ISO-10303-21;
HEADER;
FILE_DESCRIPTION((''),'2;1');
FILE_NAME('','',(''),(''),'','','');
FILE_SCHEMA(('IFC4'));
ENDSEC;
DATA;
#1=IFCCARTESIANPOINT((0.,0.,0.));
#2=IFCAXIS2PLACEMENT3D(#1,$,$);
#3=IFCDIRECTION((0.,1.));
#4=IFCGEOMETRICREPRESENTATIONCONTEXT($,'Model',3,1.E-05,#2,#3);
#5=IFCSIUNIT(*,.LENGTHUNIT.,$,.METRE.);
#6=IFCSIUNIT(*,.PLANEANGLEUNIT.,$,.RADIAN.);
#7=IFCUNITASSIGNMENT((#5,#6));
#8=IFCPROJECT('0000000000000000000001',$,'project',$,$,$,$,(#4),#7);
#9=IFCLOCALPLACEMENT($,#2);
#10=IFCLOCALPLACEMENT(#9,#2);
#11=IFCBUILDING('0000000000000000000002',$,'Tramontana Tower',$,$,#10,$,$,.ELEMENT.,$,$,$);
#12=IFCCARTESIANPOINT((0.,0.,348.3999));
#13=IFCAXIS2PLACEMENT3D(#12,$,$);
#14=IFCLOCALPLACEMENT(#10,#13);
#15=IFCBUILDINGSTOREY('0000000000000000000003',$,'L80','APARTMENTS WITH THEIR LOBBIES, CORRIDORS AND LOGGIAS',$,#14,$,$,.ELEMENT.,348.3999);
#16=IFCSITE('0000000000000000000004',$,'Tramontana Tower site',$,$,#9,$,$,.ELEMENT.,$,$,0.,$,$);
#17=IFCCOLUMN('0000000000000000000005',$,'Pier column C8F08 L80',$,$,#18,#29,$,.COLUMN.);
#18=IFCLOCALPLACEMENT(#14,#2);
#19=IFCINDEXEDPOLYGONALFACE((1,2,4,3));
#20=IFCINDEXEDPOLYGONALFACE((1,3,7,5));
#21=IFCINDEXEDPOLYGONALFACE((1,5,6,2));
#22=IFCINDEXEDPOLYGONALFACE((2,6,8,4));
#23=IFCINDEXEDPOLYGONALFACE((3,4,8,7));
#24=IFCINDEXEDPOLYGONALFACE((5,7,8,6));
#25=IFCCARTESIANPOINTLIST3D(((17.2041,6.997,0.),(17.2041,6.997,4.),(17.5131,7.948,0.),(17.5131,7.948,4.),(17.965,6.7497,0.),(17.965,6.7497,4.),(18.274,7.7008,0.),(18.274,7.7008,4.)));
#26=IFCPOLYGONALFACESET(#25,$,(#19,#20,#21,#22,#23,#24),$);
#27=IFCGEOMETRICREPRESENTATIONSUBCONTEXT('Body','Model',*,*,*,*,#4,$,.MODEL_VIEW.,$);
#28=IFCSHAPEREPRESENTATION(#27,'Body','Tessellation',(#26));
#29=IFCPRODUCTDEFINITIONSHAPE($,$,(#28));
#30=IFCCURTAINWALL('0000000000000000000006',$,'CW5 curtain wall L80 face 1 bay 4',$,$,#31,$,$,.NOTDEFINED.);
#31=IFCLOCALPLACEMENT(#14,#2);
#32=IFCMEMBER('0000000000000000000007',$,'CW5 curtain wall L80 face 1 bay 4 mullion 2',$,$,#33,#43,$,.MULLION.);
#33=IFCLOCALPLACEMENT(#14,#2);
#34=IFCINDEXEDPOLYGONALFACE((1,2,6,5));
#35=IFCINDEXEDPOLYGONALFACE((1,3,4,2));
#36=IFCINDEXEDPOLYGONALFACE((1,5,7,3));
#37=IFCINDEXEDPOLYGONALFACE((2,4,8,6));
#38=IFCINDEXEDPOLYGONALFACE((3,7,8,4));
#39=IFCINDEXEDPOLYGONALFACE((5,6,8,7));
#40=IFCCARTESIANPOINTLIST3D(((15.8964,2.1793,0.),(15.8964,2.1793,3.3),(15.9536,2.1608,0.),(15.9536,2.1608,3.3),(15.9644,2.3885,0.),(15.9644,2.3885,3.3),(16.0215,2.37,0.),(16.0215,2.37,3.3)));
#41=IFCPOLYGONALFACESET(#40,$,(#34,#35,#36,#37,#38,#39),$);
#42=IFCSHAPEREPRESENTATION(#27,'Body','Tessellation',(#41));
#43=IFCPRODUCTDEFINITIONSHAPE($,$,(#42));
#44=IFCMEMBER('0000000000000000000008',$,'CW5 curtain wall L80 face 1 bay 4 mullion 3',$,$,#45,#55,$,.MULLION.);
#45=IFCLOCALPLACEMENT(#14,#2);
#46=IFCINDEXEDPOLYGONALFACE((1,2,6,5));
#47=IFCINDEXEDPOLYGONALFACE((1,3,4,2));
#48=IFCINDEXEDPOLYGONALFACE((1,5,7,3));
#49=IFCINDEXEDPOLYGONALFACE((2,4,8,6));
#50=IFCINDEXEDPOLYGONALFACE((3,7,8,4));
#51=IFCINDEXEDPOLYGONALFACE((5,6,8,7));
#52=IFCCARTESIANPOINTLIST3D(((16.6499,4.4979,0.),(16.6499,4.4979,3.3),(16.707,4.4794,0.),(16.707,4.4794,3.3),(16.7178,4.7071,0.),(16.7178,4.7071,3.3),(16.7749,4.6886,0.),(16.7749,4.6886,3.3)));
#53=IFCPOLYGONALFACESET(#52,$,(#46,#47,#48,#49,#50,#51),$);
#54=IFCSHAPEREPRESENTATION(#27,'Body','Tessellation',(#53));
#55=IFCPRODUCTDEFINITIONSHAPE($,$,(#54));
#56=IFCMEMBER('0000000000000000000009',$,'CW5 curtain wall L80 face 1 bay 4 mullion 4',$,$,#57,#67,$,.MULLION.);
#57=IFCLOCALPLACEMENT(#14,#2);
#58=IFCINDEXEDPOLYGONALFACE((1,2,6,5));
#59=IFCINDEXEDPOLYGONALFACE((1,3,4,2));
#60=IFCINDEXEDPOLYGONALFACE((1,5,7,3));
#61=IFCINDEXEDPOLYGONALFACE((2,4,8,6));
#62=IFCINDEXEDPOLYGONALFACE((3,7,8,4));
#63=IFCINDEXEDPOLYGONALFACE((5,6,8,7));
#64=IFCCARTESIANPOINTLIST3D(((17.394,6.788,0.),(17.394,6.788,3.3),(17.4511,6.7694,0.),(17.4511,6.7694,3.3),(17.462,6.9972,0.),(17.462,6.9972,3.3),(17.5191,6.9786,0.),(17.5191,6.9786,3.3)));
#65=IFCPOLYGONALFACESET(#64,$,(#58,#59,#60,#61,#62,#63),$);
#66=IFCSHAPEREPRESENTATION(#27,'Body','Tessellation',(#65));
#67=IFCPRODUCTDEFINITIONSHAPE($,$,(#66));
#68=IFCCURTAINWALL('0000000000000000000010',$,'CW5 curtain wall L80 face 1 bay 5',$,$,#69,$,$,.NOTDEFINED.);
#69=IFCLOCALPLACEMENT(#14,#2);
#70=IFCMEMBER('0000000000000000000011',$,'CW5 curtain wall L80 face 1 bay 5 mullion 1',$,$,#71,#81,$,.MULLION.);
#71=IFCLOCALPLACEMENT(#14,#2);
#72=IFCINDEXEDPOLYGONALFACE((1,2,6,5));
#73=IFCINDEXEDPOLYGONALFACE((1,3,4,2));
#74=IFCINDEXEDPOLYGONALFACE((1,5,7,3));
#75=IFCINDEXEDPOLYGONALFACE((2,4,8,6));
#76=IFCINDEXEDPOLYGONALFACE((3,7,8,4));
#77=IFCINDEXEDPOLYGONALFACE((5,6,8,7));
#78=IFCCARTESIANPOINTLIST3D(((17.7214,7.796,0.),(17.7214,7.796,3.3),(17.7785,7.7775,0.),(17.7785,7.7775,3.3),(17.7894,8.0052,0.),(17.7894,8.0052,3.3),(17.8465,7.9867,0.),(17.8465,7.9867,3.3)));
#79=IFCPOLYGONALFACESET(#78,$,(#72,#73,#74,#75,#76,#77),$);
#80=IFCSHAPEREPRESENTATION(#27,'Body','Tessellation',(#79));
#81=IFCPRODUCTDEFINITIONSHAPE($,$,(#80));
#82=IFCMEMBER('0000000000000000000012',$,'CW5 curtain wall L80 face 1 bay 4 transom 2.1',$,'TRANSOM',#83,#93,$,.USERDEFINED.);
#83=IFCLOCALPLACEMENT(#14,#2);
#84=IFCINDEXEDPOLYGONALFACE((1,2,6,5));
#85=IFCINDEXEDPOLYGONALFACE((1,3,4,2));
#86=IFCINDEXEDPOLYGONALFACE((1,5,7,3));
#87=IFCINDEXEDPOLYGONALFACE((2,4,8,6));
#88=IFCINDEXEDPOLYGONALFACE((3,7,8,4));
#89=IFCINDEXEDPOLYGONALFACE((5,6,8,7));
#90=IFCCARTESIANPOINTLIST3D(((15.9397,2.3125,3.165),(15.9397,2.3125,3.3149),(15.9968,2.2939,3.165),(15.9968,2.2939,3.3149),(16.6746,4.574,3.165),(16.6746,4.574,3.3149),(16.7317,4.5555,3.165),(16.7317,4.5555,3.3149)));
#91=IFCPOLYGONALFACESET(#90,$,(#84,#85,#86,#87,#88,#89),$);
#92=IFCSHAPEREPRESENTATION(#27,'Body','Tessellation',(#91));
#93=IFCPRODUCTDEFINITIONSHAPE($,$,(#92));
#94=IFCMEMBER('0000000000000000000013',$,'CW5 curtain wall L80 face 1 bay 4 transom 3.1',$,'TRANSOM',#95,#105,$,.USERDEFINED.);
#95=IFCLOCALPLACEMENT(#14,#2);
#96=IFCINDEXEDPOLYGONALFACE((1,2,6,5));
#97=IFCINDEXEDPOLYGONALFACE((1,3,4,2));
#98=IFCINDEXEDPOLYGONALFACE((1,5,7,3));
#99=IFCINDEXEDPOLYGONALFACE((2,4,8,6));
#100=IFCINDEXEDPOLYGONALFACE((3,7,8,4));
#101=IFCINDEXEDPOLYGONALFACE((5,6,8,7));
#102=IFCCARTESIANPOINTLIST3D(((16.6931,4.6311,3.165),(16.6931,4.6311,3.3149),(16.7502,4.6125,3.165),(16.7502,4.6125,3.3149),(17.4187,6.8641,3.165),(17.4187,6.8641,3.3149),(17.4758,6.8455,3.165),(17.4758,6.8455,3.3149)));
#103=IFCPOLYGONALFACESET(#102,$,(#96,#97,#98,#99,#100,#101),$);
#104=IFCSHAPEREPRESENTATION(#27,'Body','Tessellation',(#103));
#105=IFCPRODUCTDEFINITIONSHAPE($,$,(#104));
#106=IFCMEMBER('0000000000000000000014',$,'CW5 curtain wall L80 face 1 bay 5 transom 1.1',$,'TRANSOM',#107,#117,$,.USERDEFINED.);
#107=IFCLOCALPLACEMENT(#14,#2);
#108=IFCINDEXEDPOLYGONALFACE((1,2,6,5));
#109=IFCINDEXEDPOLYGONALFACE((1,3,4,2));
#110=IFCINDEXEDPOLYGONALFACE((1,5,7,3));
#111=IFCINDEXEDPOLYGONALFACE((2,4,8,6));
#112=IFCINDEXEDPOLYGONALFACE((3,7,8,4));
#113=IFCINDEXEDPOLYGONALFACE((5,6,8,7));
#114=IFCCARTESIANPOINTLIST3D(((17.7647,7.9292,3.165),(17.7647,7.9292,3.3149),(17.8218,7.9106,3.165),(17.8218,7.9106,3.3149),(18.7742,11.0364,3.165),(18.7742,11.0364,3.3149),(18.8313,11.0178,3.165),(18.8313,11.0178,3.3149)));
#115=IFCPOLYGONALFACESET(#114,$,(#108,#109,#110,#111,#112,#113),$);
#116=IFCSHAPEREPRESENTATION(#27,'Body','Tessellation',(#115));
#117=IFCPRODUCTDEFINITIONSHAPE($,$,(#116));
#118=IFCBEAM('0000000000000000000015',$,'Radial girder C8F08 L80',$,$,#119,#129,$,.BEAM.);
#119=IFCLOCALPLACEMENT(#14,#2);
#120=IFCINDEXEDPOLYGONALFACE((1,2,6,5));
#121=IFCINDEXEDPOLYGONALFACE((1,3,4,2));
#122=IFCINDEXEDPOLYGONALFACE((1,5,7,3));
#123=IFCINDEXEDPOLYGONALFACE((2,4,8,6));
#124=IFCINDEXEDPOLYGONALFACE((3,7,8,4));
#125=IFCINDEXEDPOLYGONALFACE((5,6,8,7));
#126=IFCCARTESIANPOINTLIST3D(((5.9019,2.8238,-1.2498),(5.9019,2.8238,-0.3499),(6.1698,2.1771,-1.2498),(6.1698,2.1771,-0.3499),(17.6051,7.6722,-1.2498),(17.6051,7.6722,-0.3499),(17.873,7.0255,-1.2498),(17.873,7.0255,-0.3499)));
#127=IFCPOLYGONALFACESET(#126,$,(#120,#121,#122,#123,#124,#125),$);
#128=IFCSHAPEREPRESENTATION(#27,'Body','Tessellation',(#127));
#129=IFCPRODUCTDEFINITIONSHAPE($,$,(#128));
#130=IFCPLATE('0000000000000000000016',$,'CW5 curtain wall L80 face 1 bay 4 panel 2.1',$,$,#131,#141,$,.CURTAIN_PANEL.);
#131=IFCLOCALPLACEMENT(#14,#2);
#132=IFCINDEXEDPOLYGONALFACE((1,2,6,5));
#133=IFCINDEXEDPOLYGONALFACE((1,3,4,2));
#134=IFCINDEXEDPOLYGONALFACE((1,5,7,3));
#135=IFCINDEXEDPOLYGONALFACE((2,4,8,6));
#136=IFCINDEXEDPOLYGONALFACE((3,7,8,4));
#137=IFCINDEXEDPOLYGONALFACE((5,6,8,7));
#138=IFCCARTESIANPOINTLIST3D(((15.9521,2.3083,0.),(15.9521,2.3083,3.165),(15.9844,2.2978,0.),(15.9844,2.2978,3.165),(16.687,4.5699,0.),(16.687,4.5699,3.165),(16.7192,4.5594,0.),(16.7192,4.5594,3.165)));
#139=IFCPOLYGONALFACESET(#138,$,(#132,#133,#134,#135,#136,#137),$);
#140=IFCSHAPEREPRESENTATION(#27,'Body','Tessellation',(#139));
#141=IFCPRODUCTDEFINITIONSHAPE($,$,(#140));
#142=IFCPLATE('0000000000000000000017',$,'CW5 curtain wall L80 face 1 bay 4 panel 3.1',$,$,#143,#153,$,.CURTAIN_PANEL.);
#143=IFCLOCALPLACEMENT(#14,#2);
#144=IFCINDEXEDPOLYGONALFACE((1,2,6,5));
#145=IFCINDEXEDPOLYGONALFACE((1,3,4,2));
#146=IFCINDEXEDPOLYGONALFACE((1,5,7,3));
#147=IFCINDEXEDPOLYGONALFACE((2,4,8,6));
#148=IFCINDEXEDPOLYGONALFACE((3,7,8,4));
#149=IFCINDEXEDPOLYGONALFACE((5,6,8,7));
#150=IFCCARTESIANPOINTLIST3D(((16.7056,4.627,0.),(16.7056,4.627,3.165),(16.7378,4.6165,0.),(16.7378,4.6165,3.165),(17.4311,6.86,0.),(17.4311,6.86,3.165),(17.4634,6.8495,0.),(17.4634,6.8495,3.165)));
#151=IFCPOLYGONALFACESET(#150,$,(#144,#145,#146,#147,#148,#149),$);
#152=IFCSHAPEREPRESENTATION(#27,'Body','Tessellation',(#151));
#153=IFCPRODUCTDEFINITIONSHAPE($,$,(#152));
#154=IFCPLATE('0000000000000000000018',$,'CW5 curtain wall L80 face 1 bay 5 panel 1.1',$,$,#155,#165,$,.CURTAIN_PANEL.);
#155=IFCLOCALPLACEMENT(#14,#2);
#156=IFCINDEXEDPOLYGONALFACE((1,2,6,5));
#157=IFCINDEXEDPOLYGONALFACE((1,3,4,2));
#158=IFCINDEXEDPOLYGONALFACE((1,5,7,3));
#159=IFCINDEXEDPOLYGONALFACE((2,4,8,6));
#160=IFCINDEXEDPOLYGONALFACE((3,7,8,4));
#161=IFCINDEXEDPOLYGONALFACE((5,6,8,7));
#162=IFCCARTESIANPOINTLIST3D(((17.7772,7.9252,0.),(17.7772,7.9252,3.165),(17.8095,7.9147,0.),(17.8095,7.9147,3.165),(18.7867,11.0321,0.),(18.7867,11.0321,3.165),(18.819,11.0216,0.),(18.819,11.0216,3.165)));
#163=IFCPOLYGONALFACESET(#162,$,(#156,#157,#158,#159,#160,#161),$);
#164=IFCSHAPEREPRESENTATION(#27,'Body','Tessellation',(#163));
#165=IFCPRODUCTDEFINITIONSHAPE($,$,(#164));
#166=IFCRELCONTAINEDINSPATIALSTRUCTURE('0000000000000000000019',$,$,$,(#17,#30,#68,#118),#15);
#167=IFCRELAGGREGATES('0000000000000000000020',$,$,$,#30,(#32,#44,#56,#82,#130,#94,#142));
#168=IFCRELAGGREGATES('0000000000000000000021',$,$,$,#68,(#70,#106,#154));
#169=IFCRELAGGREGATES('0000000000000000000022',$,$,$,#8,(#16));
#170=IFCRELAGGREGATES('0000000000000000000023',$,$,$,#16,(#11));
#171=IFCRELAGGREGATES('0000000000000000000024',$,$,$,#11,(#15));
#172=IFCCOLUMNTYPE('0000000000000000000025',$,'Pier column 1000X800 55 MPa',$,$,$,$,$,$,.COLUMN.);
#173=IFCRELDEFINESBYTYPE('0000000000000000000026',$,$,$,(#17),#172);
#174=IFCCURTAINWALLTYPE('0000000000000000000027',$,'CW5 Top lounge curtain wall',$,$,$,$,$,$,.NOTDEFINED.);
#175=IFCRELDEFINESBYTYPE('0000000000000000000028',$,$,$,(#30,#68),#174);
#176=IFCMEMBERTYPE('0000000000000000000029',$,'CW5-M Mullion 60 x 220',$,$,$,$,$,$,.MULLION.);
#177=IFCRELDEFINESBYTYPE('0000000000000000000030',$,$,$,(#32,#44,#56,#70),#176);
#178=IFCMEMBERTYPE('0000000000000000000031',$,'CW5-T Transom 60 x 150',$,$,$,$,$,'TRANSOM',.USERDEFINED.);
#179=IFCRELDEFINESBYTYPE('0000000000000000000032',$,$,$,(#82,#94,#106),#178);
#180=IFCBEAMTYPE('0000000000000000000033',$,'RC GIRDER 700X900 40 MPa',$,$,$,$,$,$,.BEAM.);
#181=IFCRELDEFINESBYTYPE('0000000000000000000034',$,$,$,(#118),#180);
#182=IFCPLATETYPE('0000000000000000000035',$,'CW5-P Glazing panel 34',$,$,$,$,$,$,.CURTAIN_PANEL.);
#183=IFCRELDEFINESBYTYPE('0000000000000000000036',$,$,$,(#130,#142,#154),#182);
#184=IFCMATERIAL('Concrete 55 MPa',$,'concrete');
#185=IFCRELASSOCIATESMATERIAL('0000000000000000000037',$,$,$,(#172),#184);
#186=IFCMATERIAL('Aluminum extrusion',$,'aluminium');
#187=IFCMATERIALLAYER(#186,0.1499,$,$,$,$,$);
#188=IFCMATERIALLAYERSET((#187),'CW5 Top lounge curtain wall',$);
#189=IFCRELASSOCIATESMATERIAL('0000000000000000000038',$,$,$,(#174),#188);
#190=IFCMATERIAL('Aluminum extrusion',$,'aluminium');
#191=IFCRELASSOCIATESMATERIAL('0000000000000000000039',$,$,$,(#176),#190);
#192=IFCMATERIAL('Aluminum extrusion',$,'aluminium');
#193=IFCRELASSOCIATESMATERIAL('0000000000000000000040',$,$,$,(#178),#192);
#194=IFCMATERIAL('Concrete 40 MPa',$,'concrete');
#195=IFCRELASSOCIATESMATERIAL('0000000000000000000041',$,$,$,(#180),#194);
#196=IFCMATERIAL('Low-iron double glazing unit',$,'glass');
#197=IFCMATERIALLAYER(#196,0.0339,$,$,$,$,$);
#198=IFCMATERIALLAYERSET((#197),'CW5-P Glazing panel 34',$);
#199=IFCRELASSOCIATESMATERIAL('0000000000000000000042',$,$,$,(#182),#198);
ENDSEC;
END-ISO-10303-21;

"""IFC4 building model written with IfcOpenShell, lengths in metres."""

from ifc_helpers import new_model, si_unit, direction, frame, origin, origin_2d, place, context, subcontext, project, spatial, rectangle, extrude, material, layer, layer_set, material_profile, profile_set, type_object, element, aggregate, save


model = new_model("IFC4")

# Units and contexts
model_context = context("Model", 3, precision=1e-05, world=origin(), true_north=direction((0.0, 1.0)))
body_context = subcontext(model_context, "Body", "Model", "MODEL_VIEW")
ifc_project = project(units=[si_unit("LENGTHUNIT", "METRE"), si_unit("PLANEANGLEUNIT", "RADIAN")], contexts=[model_context])

# Site, building, storey
site_placement = place(None, origin())
site = spatial("IfcSite", under=ifc_project, at=site_placement, Name="Tramontana Tower site", CompositionType="ELEMENT", RefElevation=0.0)
building_placement = place(site_placement, origin())
building = spatial("IfcBuilding", under=site, at=building_placement, Name="Tramontana Tower", CompositionType="ELEMENT")
storey_placement = place(building_placement, frame((0.0, 0.0, 348.3999)))
storey = spatial("IfcBuildingStorey", under=building, at=storey_placement, Name="L80", Description="APARTMENTS WITH THEIR LOBBIES, CORRIDORS AND LOGGIAS", CompositionType="ELEMENT", Elevation=348.3999)

# Column
ifc_material_1 = material(Name="Concrete 55 MPa", Category="concrete")
ifc_material_profile_1 = material_profile(ifc_material_1, rectangle(XDim=1.0, YDim=0.8, at=origin_2d()), Name="Pier column 1000X800 55 MPa")
ifc_profile_set_1 = profile_set([ifc_material_profile_1], Name="Concrete 55 MPa")
column_type = type_object("IfcColumnType", Name="Pier column 1000X800 55 MPa", PredefinedType="COLUMN", material=ifc_profile_set_1)
column_placement = place(storey_placement, frame((17.739, 7.3489, 0.0), z_axis=(0.0, 0.0, 1.0), x_axis=(0.309017, 0.951057, 0.0)))
element("IfcColumn", 1, at=column_placement, inside=storey, type_object=column_type, Name="Pier column C8F08 L80", PredefinedType="COLUMN", context=body_context, shape_type="SweptSolid", body=[
    extrude(rectangle(XDim=1.0, YDim=0.8, at=origin_2d()), origin(), (0.0, 0.0, 1.0), 4.0),
])

# Curtain wall, members
ifc_material_2 = material(Name="Aluminum extrusion", Category="aluminium")
ifc_layer_1 = layer(ifc_material_2, 0.1499)
ifc_layer_set_1 = layer_set([ifc_layer_1], Name="CW5 Top lounge curtain wall")
curtain_wall_type = type_object("IfcCurtainWallType", Name="CW5 Top lounge curtain wall", PredefinedType="NOTDEFINED", material=ifc_layer_set_1)
curtain_wall_1_placement = place(storey_placement, origin())
curtain_wall_1 = element("IfcCurtainWall", 2, at=curtain_wall_1_placement, inside=storey, type_object=curtain_wall_type, Name="CW5 curtain wall L80 face 1 bay 4", PredefinedType="NOTDEFINED")
ifc_material_3 = material(Name="Aluminum extrusion", Category="aluminium")
ifc_material_profile_2 = material_profile(ifc_material_3, rectangle(XDim=0.0601, YDim=0.22, at=origin_2d()), Name="CW5-M Mullion 60 x 220")
ifc_profile_set_2 = profile_set([ifc_material_profile_2], Name="Aluminum extrusion")
member_type_1 = type_object("IfcMemberType", Name="CW5-M Mullion 60 x 220", PredefinedType="MULLION", material=ifc_profile_set_2)
member_1_placement = place(storey_placement, frame((15.959, 2.2747, 0.0), z_axis=(0.0, 0.0, 1.0), x_axis=(-0.951057, 0.309017, 0.0)))
member_1 = element("IfcMember", 3, at=member_1_placement, type_object=member_type_1, Name="CW5 curtain wall L80 face 1 bay 4 mullion 2", PredefinedType="MULLION", context=body_context, shape_type="SweptSolid", body=[
    extrude(rectangle(XDim=0.0601, YDim=0.22, at=origin_2d()), origin(), (0.0, 0.0, 1.0), 3.3),
])
member_2_placement = place(storey_placement, frame((16.7124, 4.5933, 0.0), z_axis=(0.0, 0.0, 1.0), x_axis=(-0.951057, 0.309017, 0.0)))
member_2 = element("IfcMember", 4, at=member_2_placement, type_object=member_type_1, Name="CW5 curtain wall L80 face 1 bay 4 mullion 3", PredefinedType="MULLION", context=body_context, shape_type="SweptSolid", body=[
    extrude(rectangle(XDim=0.0601, YDim=0.22, at=origin_2d()), origin(), (0.0, 0.0, 1.0), 3.3),
])
member_3_placement = place(storey_placement, frame((17.4565, 6.8833, 0.0), z_axis=(0.0, 0.0, 1.0), x_axis=(-0.951057, 0.309017, 0.0)))
member_3 = element("IfcMember", 5, at=member_3_placement, type_object=member_type_1, Name="CW5 curtain wall L80 face 1 bay 4 mullion 4", PredefinedType="MULLION", context=body_context, shape_type="SweptSolid", body=[
    extrude(rectangle(XDim=0.0601, YDim=0.22, at=origin_2d()), origin(), (0.0, 0.0, 1.0), 3.3),
])

# Curtain wall, member
curtain_wall_2_placement = place(storey_placement, origin())
curtain_wall_2 = element("IfcCurtainWall", 6, at=curtain_wall_2_placement, inside=storey, type_object=curtain_wall_type, Name="CW5 curtain wall L80 face 1 bay 5", PredefinedType="NOTDEFINED")
member_4_placement = place(storey_placement, frame((17.7839, 7.8914, 0.0), z_axis=(0.0, 0.0, 1.0), x_axis=(-0.951057, 0.309017, 0.0)))
member_4 = element("IfcMember", 7, at=member_4_placement, type_object=member_type_1, Name="CW5 curtain wall L80 face 1 bay 5 mullion 1", PredefinedType="MULLION", context=body_context, shape_type="SweptSolid", body=[
    extrude(rectangle(XDim=0.0601, YDim=0.22, at=origin_2d()), origin(), (0.0, 0.0, 1.0), 3.3),
])

# Members
ifc_material_4 = material(Name="Aluminum extrusion", Category="aluminium")
ifc_material_profile_3 = material_profile(ifc_material_4, rectangle(XDim=0.0601, YDim=0.1499, at=origin_2d()), Name="CW5-T Transom 60 x 150")
ifc_profile_set_3 = profile_set([ifc_material_profile_3], Name="Aluminum extrusion")
member_type_2 = type_object("IfcMemberType", Name="CW5-T Transom 60 x 150", ElementType="TRANSOM", PredefinedType="USERDEFINED", material=ifc_profile_set_3)
member_5_placement = place(storey_placement, frame((15.9683, 2.3032, 3.24), z_axis=(0.309042, 0.951048, 0.0), x_axis=(-0.951048, 0.309042, 0.0)))
member_5 = element("IfcMember", 8, at=member_5_placement, type_object=member_type_2, Name="CW5 curtain wall L80 face 1 bay 4 transom 2.1", ObjectType="TRANSOM", PredefinedType="USERDEFINED", context=body_context, shape_type="SweptSolid", body=[
    extrude(rectangle(XDim=0.0601, YDim=0.1499, at=origin_2d()), origin(), (0.0, 0.0, 1.0), 2.3779),
])
member_6_placement = place(storey_placement, frame((16.7217, 4.6218, 3.24), z_axis=(0.309044, 0.951048, 0.0), x_axis=(-0.951048, 0.309044, 0.0)))
member_6 = element("IfcMember", 9, at=member_6_placement, type_object=member_type_2, Name="CW5 curtain wall L80 face 1 bay 4 transom 3.1", ObjectType="TRANSOM", PredefinedType="USERDEFINED", context=body_context, shape_type="SweptSolid", body=[
    extrude(rectangle(XDim=0.0601, YDim=0.1499, at=origin_2d()), origin(), (0.0, 0.0, 1.0), 2.3479),
])
member_7_placement = place(storey_placement, frame((17.7932, 7.9199, 3.24), z_axis=(0.309, 0.951062, 0.0), x_axis=(-0.951062, 0.309, 0.0)))
member_7 = element("IfcMember", 10, at=member_7_placement, type_object=member_type_2, Name="CW5 curtain wall L80 face 1 bay 5 transom 1.1", ObjectType="TRANSOM", PredefinedType="USERDEFINED", context=body_context, shape_type="SweptSolid", body=[
    extrude(rectangle(XDim=0.0601, YDim=0.1499, at=origin_2d()), origin(), (0.0, 0.0, 1.0), 3.2671),
])

# Beam
ifc_material_5 = material(Name="Concrete 40 MPa", Category="concrete")
ifc_material_profile_4 = material_profile(ifc_material_5, rectangle(XDim=0.7, YDim=0.8999, at=origin_2d()), Name="RC GIRDER 700X900 40 MPa")
ifc_profile_set_4 = profile_set([ifc_material_profile_4], Name="Concrete 40 MPa")
beam_type = type_object("IfcBeamType", Name="RC GIRDER 700X900 40 MPa", PredefinedType="BEAM", material=ifc_profile_set_4)
beam_placement = place(storey_placement, frame((17.739, 7.3489, -0.7998), z_axis=(-0.923857, -0.382737, 0.0), x_axis=(0.382737, -0.923857, 0.0)))
element("IfcBeam", 11, at=beam_placement, inside=storey, type_object=beam_type, Name="Radial girder C8F08 L80", PredefinedType="BEAM", context=body_context, shape_type="SweptSolid", body=[
    extrude(rectangle(XDim=0.7, YDim=0.8999, at=origin_2d()), origin(), (0.0, 0.0, 1.0), 12.6677),
])

# Plates
ifc_material_6 = material(Name="Low-iron double glazing unit", Category="glass")
ifc_layer_2 = layer(ifc_material_6, 0.0339)
ifc_layer_set_2 = layer_set([ifc_layer_2], Name="CW5-P Glazing panel 34")
plate_type = type_object("IfcPlateType", Name="CW5-P Glazing panel 34", PredefinedType="CURTAIN_PANEL", material=ifc_layer_set_2)
plate_1_placement = place(storey_placement, frame((16.3357, 3.4338, 0.0), z_axis=(0.0, 0.0, 1.0), x_axis=(0.309017, 0.951057, 0.0)))
plate_1 = element("IfcPlate", 12, at=plate_1_placement, type_object=plate_type, Name="CW5 curtain wall L80 face 1 bay 4 panel 2.1", PredefinedType="CURTAIN_PANEL", context=body_context, shape_type="SweptSolid", body=[
    extrude(rectangle(XDim=2.3779, YDim=0.0339, at=origin_2d()), origin(), (0.0, 0.0, 1.0), 3.165),
])
plate_2_placement = place(storey_placement, frame((17.0845, 5.7383, 0.0), z_axis=(0.0, 0.0, 1.0), x_axis=(0.309017, 0.951057, 0.0)))
plate_2 = element("IfcPlate", 13, at=plate_2_placement, type_object=plate_type, Name="CW5 curtain wall L80 face 1 bay 4 panel 3.1", PredefinedType="CURTAIN_PANEL", context=body_context, shape_type="SweptSolid", body=[
    extrude(rectangle(XDim=2.3479, YDim=0.0339, at=origin_2d()), origin(), (0.0, 0.0, 1.0), 3.165),
])
aggregate(curtain_wall_1, [member_1, member_2, member_3, member_5, plate_1, member_6, plate_2])
plate_3_placement = place(storey_placement, frame((18.2981, 9.4734, 0.0), z_axis=(0.0, 0.0, 1.0), x_axis=(0.309017, 0.951057, 0.0)))
plate_3 = element("IfcPlate", 14, at=plate_3_placement, type_object=plate_type, Name="CW5 curtain wall L80 face 1 bay 5 panel 1.1", PredefinedType="CURTAIN_PANEL", context=body_context, shape_type="SweptSolid", body=[
    extrude(rectangle(XDim=3.2668, YDim=0.0339, at=origin_2d()), origin(), (0.0, 0.0, 1.0), 3.165),
])
aggregate(curtain_wall_2, [member_4, member_7, plate_3])

save(model, "model.ifc")
